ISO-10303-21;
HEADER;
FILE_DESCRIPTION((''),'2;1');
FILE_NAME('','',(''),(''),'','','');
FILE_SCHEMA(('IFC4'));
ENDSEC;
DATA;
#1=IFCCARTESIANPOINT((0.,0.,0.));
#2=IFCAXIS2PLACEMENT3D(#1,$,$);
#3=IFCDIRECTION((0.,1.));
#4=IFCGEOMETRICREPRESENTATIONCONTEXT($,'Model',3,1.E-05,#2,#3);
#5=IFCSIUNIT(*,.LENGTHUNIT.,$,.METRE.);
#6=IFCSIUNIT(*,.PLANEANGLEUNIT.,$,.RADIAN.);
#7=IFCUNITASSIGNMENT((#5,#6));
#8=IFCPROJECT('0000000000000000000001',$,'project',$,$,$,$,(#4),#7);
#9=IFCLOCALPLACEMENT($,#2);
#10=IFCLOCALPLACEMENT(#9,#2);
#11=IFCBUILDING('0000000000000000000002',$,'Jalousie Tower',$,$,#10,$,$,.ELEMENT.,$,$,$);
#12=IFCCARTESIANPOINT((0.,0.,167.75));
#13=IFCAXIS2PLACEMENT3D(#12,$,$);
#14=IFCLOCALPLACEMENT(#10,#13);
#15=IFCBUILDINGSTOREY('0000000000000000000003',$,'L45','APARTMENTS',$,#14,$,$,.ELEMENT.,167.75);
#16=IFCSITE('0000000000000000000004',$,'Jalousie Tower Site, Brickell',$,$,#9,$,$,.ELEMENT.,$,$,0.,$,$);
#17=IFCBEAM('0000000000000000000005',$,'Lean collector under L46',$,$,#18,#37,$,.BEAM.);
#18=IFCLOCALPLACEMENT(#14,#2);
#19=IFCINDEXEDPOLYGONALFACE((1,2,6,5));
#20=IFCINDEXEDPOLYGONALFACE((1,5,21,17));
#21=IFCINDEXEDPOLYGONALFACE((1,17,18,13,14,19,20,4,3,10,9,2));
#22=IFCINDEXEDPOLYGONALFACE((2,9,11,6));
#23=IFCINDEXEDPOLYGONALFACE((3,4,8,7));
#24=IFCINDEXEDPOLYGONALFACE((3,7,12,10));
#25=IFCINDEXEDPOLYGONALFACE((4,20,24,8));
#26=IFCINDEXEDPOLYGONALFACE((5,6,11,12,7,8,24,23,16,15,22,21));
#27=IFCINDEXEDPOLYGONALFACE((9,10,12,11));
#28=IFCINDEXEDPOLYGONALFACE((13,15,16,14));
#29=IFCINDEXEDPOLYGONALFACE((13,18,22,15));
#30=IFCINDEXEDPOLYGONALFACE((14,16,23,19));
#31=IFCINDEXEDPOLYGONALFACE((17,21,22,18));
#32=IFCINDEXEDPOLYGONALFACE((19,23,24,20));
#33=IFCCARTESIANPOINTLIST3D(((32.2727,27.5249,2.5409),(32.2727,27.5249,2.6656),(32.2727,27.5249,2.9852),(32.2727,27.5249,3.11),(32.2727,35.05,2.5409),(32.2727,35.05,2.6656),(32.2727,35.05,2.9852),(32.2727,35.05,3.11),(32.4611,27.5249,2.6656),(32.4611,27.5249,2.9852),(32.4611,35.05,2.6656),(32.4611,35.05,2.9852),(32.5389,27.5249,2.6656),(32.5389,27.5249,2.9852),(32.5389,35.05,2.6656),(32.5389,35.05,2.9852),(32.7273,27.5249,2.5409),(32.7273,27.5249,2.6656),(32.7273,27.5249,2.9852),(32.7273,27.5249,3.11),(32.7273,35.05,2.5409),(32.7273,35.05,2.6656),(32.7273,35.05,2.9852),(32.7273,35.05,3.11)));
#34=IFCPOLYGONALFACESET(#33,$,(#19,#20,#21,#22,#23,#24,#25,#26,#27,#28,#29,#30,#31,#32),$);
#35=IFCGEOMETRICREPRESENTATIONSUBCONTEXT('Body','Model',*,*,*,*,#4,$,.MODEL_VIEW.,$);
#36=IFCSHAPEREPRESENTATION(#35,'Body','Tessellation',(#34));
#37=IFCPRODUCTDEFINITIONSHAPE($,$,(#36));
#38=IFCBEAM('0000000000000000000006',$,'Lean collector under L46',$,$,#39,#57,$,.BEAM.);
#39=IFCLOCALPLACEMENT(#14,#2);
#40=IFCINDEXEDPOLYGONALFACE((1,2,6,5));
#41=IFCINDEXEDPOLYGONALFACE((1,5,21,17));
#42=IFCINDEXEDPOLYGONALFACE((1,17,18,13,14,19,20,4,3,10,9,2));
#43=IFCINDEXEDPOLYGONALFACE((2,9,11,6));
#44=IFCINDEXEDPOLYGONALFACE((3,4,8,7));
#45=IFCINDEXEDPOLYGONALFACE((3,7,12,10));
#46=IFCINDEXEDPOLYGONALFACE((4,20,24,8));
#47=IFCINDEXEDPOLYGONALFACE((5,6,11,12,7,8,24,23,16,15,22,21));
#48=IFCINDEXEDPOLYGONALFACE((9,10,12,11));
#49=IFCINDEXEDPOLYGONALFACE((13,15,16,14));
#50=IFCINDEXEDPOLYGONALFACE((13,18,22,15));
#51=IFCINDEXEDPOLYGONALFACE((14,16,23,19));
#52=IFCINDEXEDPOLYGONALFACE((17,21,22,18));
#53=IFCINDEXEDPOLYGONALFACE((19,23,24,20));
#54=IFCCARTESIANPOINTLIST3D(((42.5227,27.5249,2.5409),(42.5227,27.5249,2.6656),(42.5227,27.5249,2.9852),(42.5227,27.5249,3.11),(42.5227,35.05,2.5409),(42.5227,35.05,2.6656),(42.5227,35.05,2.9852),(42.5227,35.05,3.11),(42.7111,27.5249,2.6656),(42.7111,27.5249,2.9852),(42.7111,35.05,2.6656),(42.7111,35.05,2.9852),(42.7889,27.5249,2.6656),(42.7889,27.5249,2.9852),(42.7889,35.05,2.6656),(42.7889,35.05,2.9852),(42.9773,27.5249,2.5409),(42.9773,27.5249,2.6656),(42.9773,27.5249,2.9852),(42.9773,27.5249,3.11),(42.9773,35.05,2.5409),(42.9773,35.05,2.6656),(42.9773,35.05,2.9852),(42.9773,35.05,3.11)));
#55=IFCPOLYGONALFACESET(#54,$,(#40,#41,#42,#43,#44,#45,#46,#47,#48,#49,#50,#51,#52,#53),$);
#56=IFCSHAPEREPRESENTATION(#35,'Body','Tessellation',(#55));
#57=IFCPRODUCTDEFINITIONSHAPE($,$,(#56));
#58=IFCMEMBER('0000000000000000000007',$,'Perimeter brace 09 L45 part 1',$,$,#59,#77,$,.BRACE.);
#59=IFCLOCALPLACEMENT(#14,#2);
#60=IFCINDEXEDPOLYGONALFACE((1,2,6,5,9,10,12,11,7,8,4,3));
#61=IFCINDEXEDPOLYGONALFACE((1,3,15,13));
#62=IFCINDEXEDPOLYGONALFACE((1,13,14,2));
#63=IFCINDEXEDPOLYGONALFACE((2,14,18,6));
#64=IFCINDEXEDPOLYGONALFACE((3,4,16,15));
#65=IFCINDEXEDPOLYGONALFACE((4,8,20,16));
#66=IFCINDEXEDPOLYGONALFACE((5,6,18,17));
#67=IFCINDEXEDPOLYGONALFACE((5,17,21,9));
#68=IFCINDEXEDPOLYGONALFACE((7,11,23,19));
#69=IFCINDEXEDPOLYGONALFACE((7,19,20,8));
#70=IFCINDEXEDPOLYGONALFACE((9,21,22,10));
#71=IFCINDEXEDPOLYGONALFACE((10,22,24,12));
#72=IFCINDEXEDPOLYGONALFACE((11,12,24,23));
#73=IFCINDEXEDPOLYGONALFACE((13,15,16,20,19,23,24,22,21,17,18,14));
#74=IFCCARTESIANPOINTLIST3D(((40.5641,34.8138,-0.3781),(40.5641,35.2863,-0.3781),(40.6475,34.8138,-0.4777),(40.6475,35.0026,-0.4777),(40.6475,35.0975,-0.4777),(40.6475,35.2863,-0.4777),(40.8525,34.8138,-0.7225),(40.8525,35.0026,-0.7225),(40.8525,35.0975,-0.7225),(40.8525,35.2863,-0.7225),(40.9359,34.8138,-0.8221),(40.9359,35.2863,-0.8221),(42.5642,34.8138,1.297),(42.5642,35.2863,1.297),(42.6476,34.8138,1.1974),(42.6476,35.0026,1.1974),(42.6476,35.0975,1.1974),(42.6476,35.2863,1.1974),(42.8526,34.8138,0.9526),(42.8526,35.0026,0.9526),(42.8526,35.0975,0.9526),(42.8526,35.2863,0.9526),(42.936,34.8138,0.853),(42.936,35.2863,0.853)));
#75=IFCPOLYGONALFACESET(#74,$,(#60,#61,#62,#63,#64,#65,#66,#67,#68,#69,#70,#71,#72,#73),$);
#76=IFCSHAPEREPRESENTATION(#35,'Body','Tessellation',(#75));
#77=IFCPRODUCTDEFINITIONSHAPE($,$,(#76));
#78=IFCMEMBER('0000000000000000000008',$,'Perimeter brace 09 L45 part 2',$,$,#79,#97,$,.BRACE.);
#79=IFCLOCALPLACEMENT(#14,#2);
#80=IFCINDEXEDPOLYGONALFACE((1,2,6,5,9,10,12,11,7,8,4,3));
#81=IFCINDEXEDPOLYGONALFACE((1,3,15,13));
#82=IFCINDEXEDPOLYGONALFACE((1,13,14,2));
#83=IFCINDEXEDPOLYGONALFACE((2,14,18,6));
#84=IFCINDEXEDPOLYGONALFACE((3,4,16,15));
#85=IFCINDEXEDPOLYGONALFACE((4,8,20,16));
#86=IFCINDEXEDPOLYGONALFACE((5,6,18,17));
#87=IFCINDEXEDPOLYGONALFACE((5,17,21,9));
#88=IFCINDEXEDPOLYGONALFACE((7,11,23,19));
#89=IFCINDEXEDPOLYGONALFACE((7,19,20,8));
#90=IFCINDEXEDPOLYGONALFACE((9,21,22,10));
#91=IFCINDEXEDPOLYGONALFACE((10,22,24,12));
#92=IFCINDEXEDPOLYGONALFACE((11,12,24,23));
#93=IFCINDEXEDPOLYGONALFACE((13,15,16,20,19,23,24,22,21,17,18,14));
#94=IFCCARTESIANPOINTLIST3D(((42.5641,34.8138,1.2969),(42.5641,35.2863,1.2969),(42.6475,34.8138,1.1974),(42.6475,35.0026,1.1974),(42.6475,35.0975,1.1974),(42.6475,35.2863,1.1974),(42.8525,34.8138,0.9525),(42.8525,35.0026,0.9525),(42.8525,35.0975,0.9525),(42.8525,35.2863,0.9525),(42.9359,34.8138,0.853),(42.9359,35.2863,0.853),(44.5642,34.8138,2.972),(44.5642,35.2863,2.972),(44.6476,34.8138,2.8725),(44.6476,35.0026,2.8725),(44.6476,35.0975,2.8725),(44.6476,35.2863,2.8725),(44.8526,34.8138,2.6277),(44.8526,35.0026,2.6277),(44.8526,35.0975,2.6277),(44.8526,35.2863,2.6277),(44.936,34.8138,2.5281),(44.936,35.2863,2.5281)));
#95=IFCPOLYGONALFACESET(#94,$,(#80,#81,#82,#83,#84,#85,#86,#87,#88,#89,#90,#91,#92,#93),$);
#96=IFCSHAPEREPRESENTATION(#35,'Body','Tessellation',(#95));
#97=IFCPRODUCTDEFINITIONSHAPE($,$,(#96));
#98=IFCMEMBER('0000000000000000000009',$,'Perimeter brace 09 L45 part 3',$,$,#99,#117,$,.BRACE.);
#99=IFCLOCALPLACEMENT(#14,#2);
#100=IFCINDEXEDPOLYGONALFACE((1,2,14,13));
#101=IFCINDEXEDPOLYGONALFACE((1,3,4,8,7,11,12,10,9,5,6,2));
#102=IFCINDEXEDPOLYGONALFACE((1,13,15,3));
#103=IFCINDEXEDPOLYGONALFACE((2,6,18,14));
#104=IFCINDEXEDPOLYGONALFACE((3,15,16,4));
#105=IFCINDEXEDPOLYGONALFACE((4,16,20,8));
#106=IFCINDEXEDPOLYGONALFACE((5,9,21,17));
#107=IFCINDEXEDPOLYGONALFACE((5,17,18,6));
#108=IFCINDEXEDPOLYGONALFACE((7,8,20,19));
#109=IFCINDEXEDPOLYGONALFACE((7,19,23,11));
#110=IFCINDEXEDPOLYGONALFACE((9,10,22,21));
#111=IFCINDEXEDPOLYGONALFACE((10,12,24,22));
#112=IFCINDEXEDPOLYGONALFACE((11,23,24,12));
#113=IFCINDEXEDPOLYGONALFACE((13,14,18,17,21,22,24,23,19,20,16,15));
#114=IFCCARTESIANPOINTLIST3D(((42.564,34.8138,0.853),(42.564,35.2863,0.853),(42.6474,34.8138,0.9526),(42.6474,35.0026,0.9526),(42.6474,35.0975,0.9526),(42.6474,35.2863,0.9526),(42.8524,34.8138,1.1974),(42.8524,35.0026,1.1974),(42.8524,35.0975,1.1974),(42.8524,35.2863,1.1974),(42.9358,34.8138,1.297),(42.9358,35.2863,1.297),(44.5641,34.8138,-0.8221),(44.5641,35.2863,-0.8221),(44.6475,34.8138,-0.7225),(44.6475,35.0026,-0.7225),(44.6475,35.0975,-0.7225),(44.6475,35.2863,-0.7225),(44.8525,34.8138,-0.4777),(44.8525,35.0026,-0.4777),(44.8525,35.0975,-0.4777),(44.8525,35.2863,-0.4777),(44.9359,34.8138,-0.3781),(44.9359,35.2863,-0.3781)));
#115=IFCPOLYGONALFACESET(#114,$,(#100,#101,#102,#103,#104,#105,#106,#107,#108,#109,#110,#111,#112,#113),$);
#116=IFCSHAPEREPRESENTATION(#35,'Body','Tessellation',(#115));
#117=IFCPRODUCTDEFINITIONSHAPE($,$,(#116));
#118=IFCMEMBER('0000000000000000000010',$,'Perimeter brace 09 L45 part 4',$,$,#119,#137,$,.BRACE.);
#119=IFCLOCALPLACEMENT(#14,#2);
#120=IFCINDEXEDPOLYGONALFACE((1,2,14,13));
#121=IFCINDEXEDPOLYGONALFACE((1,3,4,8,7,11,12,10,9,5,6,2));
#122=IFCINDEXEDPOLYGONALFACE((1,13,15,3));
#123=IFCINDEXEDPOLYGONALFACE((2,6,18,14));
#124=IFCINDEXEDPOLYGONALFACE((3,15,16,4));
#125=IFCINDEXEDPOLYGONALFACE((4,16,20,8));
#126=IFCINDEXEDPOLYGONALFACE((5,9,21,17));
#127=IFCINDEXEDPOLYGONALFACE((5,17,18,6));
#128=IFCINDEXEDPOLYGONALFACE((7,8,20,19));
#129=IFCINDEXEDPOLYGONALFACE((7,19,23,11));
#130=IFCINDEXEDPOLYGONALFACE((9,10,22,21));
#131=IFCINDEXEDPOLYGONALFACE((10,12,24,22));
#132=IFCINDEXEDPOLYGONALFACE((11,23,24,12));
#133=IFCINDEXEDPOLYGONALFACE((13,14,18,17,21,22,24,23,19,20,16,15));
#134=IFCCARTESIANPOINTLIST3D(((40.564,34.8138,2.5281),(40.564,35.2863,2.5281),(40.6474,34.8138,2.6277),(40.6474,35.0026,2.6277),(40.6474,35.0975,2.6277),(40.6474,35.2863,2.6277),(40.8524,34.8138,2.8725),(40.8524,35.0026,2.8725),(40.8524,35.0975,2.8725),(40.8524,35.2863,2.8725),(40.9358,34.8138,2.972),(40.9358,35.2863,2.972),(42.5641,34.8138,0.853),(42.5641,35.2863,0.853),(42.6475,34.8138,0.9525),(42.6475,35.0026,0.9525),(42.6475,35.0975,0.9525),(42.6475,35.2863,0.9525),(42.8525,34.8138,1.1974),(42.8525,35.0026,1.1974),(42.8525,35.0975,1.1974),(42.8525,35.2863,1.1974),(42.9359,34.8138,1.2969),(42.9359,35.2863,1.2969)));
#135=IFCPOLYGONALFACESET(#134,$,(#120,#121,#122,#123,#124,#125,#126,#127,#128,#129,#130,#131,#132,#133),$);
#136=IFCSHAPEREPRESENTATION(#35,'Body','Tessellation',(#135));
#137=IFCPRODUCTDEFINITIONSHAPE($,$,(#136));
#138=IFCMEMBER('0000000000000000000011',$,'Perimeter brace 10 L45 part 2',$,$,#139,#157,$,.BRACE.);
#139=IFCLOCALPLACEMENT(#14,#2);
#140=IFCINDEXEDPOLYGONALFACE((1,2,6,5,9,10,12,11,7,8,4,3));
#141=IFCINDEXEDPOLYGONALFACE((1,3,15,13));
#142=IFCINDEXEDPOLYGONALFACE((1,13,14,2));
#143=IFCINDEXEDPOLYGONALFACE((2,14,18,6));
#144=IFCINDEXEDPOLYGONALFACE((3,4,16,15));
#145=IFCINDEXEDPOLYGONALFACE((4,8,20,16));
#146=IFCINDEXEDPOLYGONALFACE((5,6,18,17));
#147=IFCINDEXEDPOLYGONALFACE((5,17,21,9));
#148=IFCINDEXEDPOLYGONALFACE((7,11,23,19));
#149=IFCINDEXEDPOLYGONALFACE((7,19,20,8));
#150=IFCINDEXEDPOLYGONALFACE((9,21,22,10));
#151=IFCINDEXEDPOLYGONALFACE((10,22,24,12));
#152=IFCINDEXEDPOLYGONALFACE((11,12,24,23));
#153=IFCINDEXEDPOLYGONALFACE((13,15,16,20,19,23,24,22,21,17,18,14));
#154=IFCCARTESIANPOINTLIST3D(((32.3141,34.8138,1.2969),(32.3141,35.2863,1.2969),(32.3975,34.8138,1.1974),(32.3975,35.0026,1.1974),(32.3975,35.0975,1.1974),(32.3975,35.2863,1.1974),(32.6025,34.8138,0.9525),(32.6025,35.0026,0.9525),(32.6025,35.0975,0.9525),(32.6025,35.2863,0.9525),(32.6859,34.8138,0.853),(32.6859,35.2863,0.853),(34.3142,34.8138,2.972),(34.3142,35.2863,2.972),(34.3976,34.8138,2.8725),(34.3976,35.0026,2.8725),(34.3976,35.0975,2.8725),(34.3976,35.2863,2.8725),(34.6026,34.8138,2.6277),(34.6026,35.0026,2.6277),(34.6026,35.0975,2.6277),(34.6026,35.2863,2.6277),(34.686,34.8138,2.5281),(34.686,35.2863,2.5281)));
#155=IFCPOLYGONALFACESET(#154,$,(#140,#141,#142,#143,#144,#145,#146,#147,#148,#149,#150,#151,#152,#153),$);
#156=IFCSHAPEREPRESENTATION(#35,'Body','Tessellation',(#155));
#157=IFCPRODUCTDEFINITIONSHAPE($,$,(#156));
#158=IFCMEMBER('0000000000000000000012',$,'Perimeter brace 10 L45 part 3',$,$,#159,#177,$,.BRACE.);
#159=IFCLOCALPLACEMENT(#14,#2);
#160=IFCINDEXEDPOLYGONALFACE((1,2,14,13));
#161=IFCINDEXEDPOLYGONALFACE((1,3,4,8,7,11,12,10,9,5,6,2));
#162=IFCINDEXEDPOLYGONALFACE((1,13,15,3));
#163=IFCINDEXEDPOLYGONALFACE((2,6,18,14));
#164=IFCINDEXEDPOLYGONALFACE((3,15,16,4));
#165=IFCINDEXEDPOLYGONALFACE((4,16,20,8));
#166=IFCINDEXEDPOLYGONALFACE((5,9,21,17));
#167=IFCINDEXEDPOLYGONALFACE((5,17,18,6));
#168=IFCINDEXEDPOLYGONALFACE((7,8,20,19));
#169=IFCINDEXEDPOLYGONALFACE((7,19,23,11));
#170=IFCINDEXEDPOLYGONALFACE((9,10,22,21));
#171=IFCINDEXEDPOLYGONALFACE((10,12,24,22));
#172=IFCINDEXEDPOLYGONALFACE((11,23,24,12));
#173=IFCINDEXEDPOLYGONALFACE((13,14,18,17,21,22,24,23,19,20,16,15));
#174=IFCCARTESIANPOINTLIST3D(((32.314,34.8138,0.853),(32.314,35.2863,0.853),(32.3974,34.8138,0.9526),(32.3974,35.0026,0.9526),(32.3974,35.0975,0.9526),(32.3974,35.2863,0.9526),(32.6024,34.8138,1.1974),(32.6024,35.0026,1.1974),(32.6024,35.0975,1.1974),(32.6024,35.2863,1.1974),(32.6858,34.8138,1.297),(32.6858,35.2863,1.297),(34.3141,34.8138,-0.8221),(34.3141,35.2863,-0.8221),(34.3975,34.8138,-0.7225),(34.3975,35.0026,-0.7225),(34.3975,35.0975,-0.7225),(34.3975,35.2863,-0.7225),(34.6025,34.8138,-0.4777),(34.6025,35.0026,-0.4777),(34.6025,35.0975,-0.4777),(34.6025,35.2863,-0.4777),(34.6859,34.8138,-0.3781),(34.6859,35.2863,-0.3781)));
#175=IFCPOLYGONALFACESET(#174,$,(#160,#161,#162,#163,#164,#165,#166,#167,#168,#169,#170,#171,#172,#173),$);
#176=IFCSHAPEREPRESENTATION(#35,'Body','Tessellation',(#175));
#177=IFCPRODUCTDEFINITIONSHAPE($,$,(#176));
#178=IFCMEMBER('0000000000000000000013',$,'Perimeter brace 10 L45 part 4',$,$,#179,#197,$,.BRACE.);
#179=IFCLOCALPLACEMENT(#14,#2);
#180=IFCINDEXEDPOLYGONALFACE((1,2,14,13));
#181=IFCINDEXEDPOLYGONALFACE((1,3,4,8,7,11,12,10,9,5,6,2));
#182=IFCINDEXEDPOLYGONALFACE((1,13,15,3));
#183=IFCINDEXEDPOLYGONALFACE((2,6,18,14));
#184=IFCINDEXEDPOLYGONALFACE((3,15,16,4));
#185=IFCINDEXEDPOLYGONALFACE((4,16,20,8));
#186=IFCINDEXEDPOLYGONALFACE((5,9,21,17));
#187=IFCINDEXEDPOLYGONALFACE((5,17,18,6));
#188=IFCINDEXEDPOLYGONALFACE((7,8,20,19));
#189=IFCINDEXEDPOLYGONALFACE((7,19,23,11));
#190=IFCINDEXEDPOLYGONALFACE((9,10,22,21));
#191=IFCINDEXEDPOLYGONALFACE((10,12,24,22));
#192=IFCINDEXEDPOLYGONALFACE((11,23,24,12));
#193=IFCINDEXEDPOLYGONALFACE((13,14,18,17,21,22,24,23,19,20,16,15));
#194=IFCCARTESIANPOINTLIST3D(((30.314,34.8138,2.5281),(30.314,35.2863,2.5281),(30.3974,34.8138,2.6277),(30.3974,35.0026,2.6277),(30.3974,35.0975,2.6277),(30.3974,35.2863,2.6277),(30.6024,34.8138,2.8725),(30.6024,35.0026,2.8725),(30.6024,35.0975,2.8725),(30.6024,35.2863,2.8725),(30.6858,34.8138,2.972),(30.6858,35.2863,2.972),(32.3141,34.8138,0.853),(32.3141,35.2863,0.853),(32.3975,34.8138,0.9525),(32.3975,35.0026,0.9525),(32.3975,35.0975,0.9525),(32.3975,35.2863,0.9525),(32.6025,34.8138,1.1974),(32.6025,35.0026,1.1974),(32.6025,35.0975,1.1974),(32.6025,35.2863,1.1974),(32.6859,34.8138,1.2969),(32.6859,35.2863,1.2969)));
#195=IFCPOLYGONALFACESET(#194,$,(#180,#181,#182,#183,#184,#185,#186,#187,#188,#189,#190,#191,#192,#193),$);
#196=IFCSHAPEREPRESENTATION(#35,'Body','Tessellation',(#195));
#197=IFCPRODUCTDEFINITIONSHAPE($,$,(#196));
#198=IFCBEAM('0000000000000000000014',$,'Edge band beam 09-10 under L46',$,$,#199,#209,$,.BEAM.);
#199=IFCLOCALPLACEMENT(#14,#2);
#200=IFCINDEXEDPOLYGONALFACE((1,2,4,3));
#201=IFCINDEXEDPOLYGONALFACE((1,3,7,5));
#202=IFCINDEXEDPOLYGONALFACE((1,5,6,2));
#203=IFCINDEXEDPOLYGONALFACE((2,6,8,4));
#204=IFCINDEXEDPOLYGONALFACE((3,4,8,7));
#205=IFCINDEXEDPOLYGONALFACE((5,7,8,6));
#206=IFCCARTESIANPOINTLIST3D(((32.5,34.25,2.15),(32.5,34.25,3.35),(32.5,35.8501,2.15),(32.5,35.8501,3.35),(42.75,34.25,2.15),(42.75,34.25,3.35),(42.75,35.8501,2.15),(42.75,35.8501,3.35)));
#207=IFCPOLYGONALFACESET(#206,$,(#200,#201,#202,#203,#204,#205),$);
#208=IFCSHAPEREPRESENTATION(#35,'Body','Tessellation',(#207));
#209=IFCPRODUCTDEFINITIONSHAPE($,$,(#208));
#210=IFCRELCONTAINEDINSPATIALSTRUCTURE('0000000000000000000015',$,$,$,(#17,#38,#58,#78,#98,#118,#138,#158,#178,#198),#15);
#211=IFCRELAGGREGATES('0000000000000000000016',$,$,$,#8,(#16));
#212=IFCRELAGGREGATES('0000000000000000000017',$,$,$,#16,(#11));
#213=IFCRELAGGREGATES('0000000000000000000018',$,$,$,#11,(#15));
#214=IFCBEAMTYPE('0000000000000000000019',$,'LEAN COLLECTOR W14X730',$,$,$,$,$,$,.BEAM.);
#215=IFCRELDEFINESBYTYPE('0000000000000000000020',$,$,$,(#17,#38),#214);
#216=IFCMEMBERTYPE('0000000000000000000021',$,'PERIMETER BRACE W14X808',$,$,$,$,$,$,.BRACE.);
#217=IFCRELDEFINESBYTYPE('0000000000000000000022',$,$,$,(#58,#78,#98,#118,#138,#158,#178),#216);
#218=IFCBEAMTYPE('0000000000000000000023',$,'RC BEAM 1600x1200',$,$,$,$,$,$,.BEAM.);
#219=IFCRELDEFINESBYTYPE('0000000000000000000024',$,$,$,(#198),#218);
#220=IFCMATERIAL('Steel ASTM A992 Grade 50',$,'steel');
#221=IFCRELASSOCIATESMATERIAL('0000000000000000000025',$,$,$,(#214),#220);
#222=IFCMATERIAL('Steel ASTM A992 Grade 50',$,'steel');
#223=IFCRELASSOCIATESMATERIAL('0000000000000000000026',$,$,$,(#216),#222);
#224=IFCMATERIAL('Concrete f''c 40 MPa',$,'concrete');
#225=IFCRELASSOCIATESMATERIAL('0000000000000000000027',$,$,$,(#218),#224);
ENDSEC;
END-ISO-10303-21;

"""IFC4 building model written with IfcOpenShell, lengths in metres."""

from ifc_helpers import new_model, si_unit, direction, frame, origin, origin_2d, place, context, subcontext, project, spatial, rectangle, i_section, extrude, material, material_profile, profile_set, type_object, element, save


model = new_model("IFC4")

# Units and contexts
model_context = context("Model", 3, precision=1e-05, world=origin(), true_north=direction((0.0, 1.0)))
body_context = subcontext(model_context, "Body", "Model", "MODEL_VIEW")
ifc_project = project(units=[si_unit("LENGTHUNIT", "METRE"), si_unit("PLANEANGLEUNIT", "RADIAN")], contexts=[model_context])

# Site, building, storey
site_placement = place(None, origin())
site = spatial("IfcSite", under=ifc_project, at=site_placement, Name="Jalousie Tower Site, Brickell", CompositionType="ELEMENT", RefElevation=0.0)
building_placement = place(site_placement, origin())
building = spatial("IfcBuilding", under=site, at=building_placement, Name="Jalousie Tower", CompositionType="ELEMENT")
storey_placement = place(building_placement, frame((0.0, 0.0, 167.75)))
storey = spatial("IfcBuildingStorey", under=building, at=storey_placement, Name="L45", Description="APARTMENTS", CompositionType="ELEMENT", Elevation=167.75)

# Beams
ifc_material_1 = material(Name="Steel ASTM A992 Grade 50", Category="steel")
ifc_material_profile_1 = material_profile(ifc_material_1, i_section(OverallWidth=0.4546, OverallDepth=0.5691, WebThickness=0.0779, FlangeThickness=0.1248, at=origin_2d()), Name="W14X730")
ifc_profile_set_1 = profile_set([ifc_material_profile_1], Name="Steel ASTM A992 Grade 50")
beam_type_1 = type_object("IfcBeamType", Name="LEAN COLLECTOR W14X730", PredefinedType="BEAM", material=ifc_profile_set_1)
for number, where, z_axis, x_axis, name in (
    (1, (32.5, 35.05, 2.8254), (0.0, -1.0, 0.0), (1.0, 0.0, 0.0), "Lean collector under L46"),
    (2, (42.75, 35.05, 2.8254), (0.0, -1.0, 0.0), (1.0, 0.0, 0.0), "Lean collector under L46"),
):
    element("IfcBeam", number, at=place(storey_placement, frame(where, z_axis=z_axis, x_axis=x_axis)), inside=storey, type_object=beam_type_1, Name=name, PredefinedType="BEAM", context=body_context, shape_type="SweptSolid", body=[
        extrude(i_section(OverallWidth=0.4546, OverallDepth=0.5691, WebThickness=0.0779, FlangeThickness=0.1248, at=origin_2d()), origin(), (0.0, 0.0, 1.0), 7.5251),
    ])

# Members
ifc_material_2 = material(Name="Steel ASTM A992 Grade 50", Category="steel")
ifc_material_profile_2 = material_profile(ifc_material_2, i_section(OverallWidth=0.4724, OverallDepth=0.5791, WebThickness=0.095, FlangeThickness=0.1299, at=origin_2d()), Name="W14X808")
ifc_profile_set_2 = profile_set([ifc_material_profile_2], Name="Steel ASTM A992 Grade 50")
member_type_1 = type_object("IfcMemberType", Name="PERIMETER BRACE W14X808", PredefinedType="BRACE", material=ifc_profile_set_2)
for number, where, z_axis, x_axis, name in (
    (3, (40.75, 35.05, -0.6001), (0.766639, 0.0, 0.642079), (0.0, 1.0, 0.0), "Perimeter brace 09 L45 part 1"),
    (4, (42.75, 35.05, 1.075), (0.766639, 0.0, 0.642079), (0.0, 1.0, 0.0), "Perimeter brace 09 L45 part 2"),
    (5, (44.75, 35.05, -0.6001), (-0.766639, 0.0, 0.642079), (0.0, -1.0, 0.0), "Perimeter brace 09 L45 part 3"),
    (6, (42.75, 35.05, 1.075), (-0.766639, 0.0, 0.642079), (0.0, -1.0, 0.0), "Perimeter brace 09 L45 part 4"),
    (7, (32.5, 35.05, 1.075), (0.766639, 0.0, 0.642079), (0.0, 1.0, 0.0), "Perimeter brace 10 L45 part 2"),
    (8, (34.5, 35.05, -0.6001), (-0.766639, 0.0, 0.642079), (0.0, -1.0, 0.0), "Perimeter brace 10 L45 part 3"),
    (9, (32.5, 35.05, 1.075), (-0.766639, 0.0, 0.642079), (0.0, -1.0, 0.0), "Perimeter brace 10 L45 part 4"),
):
    element("IfcMember", number, at=place(storey_placement, frame(where, z_axis=z_axis, x_axis=x_axis)), inside=storey, type_object=member_type_1, Name=name, PredefinedType="BRACE", context=body_context, shape_type="SweptSolid", body=[
        extrude(i_section(OverallWidth=0.4724, OverallDepth=0.5791, WebThickness=0.095, FlangeThickness=0.1299, at=origin_2d()), origin(), (0.0, 0.0, 1.0), 2.6089),
    ])

# Beam
ifc_material_3 = material(Name="Concrete f'c 40 MPa", Category="concrete")
ifc_material_profile_3 = material_profile(ifc_material_3, rectangle(XDim=1.6001, YDim=1.2, at=origin_2d()), Name="RC 1600x1200")
ifc_profile_set_3 = profile_set([ifc_material_profile_3], Name="Concrete f'c 40 MPa")
beam_type_2 = type_object("IfcBeamType", Name="RC BEAM 1600x1200", PredefinedType="BEAM", material=ifc_profile_set_3)
for number, where, z_axis, x_axis, name in (
    (10, (42.75, 35.05, 2.75), (-1.0, 0.0, 0.0), (0.0, -1.0, 0.0), "Edge band beam 09-10 under L46"),
):
    element("IfcBeam", number, at=place(storey_placement, frame(where, z_axis=z_axis, x_axis=x_axis)), inside=storey, type_object=beam_type_2, Name=name, PredefinedType="BEAM", context=body_context, shape_type="SweptSolid", body=[
        extrude(rectangle(XDim=1.6001, YDim=1.2, at=origin_2d()), origin(), (0.0, 0.0, 1.0), 10.25),
    ])

save(model, "model.ifc")
